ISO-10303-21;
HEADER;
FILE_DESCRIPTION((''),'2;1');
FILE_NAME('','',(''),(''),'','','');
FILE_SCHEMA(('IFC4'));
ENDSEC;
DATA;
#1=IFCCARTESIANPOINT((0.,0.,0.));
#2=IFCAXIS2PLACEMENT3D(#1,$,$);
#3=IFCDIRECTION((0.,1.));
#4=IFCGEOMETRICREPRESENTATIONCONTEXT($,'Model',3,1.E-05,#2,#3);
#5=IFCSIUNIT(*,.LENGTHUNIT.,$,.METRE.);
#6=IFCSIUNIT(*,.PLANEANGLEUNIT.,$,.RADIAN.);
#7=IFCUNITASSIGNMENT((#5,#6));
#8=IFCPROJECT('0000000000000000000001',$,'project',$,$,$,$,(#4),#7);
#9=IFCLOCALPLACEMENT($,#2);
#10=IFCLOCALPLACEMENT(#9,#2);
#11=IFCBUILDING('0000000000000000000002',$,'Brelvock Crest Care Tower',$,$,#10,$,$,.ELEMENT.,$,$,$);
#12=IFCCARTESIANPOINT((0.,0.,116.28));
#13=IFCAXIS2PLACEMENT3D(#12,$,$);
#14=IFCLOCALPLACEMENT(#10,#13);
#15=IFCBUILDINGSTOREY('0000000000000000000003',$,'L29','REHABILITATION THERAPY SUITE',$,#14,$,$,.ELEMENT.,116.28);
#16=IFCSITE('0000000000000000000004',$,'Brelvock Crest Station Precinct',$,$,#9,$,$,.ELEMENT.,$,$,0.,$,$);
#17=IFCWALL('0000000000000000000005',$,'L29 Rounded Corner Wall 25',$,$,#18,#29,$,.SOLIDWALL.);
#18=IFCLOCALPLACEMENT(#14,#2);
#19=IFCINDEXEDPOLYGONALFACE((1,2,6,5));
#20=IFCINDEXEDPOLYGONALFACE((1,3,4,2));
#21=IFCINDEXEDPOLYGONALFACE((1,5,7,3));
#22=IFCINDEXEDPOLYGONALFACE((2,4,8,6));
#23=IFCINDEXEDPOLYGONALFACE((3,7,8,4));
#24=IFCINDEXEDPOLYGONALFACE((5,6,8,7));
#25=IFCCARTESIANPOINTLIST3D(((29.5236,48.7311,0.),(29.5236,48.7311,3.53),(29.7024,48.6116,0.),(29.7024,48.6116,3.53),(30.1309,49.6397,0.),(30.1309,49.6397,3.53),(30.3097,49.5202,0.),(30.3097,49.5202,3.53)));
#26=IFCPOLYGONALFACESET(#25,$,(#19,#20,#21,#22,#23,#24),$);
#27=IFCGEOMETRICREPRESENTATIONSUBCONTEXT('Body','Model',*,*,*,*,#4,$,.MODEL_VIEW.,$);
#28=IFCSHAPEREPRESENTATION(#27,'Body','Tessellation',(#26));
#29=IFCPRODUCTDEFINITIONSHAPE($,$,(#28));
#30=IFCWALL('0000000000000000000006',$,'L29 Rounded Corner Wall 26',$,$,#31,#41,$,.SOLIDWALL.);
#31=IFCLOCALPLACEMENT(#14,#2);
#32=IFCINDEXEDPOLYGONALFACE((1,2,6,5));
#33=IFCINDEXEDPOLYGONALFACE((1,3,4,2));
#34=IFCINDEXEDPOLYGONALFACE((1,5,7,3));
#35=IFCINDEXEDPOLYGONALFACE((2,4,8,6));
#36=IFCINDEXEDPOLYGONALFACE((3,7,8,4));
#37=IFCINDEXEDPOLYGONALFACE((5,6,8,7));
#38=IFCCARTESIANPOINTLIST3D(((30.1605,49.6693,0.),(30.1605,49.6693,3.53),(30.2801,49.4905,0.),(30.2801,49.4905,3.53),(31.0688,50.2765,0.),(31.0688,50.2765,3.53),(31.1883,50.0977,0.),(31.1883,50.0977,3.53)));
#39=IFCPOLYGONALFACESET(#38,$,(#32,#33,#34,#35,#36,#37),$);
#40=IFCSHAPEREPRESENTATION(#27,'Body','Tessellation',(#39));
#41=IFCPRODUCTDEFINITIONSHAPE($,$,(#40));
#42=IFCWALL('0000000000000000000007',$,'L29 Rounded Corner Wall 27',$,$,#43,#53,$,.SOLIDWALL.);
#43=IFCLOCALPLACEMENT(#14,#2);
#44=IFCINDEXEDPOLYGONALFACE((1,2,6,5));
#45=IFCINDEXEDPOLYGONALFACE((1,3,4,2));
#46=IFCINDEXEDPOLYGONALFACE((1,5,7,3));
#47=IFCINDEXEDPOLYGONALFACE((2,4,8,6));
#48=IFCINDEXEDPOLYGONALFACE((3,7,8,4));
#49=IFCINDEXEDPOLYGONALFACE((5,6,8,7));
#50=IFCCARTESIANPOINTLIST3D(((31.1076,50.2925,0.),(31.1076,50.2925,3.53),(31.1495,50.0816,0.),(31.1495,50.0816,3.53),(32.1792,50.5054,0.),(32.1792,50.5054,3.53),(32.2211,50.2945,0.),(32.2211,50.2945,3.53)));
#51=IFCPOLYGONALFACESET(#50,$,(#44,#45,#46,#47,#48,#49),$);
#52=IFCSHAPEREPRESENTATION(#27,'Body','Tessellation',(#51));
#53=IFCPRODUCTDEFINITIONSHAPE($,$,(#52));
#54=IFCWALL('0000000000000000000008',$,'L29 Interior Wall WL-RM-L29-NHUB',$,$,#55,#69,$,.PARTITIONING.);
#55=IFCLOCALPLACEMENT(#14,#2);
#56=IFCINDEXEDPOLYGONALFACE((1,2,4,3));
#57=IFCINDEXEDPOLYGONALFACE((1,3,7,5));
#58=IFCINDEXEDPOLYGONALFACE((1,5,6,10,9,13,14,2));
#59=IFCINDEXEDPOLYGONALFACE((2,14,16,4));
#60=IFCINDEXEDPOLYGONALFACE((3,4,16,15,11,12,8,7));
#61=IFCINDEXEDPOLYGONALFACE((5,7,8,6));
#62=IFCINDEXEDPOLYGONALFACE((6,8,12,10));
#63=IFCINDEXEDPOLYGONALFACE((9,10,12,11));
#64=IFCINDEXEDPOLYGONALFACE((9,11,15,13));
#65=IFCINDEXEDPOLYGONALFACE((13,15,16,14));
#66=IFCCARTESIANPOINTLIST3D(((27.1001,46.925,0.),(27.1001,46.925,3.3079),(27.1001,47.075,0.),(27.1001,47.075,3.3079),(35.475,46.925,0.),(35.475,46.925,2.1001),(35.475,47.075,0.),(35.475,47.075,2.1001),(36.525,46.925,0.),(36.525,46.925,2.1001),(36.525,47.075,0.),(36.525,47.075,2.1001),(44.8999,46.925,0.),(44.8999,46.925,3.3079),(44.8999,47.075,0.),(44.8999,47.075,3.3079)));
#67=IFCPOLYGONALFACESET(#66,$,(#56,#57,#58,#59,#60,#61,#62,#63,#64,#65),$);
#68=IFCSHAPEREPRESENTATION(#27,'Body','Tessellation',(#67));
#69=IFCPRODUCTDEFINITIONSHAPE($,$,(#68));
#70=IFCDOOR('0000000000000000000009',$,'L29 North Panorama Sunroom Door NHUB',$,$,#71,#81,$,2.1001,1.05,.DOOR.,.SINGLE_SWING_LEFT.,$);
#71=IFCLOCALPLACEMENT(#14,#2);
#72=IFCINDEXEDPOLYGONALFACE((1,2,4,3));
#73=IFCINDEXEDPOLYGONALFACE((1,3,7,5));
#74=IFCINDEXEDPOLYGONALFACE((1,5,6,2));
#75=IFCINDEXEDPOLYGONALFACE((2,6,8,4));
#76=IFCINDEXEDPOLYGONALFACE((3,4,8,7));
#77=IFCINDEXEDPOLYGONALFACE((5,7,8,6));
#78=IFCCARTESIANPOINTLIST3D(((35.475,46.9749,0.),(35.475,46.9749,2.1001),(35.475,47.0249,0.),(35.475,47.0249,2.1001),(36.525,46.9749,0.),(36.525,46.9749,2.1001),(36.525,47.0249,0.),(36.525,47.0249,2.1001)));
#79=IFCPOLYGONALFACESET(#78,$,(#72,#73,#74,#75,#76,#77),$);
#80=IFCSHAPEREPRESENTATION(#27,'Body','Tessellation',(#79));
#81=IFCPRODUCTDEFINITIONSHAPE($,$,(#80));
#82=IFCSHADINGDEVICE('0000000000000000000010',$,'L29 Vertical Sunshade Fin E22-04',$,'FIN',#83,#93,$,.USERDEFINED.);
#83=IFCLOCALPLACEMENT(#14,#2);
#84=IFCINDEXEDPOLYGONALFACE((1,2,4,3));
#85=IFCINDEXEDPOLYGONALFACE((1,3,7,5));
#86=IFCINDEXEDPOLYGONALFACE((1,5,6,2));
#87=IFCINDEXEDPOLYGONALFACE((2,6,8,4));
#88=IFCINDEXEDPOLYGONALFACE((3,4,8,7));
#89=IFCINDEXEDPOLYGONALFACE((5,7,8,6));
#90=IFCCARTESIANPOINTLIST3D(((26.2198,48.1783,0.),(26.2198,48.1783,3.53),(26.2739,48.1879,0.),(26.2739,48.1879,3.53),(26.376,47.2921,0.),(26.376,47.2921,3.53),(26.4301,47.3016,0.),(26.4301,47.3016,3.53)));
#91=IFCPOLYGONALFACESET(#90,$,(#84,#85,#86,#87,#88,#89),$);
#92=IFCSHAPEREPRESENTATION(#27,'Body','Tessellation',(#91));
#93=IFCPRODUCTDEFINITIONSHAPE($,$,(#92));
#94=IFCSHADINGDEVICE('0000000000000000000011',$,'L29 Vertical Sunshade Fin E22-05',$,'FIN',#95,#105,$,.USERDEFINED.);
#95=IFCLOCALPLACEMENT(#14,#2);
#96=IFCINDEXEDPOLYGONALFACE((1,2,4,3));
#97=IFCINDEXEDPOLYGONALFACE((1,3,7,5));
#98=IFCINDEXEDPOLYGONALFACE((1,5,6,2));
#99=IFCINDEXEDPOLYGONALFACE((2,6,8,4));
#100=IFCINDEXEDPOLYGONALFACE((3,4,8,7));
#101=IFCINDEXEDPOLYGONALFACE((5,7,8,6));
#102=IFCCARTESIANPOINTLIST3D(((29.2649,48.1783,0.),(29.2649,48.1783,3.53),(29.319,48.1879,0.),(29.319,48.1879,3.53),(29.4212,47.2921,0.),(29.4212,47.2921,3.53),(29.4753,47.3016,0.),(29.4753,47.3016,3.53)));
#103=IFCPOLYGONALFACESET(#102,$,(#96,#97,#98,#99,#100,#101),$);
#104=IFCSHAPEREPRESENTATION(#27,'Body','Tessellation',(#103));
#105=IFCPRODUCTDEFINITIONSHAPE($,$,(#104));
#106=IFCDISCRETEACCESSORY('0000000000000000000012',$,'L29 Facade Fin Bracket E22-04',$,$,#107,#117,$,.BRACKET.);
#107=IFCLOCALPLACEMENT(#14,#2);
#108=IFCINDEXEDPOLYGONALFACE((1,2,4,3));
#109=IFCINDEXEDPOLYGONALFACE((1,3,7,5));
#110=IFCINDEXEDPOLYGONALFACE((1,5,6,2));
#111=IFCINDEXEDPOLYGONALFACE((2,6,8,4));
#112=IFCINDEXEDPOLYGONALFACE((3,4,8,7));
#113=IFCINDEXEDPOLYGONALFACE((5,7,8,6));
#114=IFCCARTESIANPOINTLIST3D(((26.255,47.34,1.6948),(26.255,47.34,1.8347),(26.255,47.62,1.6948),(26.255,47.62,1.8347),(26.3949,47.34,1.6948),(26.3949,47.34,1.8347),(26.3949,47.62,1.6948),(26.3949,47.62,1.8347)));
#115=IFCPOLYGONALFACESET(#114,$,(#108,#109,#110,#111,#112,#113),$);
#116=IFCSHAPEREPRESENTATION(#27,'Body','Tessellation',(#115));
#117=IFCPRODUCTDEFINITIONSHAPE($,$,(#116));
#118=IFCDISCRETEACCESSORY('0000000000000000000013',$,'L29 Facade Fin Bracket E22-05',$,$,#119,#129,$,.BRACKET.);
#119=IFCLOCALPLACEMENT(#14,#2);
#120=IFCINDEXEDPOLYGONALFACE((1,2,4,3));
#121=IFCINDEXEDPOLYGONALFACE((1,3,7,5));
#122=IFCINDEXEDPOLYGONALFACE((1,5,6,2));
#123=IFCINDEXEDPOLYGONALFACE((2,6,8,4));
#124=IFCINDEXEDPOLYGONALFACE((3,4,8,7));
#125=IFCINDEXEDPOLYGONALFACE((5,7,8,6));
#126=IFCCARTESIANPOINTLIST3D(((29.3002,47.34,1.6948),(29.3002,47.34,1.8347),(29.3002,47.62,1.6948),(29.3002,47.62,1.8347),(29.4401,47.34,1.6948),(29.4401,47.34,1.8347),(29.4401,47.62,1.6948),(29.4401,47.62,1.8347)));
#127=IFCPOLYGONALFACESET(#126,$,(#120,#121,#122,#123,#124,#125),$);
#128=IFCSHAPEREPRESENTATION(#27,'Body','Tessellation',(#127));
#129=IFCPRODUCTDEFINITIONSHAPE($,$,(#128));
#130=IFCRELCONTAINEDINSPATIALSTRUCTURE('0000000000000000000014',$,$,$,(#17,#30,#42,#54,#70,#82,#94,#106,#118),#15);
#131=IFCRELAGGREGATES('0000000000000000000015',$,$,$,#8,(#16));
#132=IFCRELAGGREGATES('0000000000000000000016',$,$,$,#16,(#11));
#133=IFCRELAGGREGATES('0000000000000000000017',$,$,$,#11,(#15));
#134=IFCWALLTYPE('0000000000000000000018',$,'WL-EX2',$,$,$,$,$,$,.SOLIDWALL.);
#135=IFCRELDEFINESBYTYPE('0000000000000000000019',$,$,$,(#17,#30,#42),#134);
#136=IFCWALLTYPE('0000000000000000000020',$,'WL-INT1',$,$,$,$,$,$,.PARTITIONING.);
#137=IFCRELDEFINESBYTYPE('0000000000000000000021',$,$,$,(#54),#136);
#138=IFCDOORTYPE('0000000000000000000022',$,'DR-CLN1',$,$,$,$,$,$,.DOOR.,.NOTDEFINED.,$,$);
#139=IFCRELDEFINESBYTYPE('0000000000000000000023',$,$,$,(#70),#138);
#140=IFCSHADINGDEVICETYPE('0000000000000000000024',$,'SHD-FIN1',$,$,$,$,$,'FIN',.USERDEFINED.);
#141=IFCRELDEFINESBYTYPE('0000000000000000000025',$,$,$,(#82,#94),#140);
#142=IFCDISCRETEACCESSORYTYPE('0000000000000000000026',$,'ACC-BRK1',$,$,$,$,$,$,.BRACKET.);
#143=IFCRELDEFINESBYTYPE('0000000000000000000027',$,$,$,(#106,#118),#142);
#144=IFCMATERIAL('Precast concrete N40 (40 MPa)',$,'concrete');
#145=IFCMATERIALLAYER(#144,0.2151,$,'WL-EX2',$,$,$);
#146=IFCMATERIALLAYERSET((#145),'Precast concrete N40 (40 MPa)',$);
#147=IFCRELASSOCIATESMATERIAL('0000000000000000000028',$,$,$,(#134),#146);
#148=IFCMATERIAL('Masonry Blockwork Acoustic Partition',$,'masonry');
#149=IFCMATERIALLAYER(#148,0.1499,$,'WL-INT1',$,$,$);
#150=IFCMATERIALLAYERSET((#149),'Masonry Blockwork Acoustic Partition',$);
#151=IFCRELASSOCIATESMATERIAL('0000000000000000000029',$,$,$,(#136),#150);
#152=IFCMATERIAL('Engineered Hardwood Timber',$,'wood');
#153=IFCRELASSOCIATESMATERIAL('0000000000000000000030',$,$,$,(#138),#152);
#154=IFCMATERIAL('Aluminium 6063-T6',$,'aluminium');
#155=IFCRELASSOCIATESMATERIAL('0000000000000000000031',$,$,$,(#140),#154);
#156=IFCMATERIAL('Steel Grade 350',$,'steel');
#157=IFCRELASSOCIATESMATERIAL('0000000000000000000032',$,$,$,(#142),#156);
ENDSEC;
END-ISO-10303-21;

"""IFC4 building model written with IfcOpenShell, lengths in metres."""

from ifc_helpers import new_model, si_unit, direction, frame, frame_2d, origin, origin_2d, place, context, subcontext, project, spatial, rectangle, extrude, source, transform, mapped, material, layer, layer_set, material_profile, profile_set, type_object, element, fill, save


model = new_model("IFC4")

# Units and contexts
model_context = context("Model", 3, precision=1e-05, world=origin(), true_north=direction((0.0, 1.0)))
body_context = subcontext(model_context, "Body", "Model", "MODEL_VIEW")
ifc_project = project(units=[si_unit("LENGTHUNIT", "METRE"), si_unit("PLANEANGLEUNIT", "RADIAN")], contexts=[model_context])

# Site, building, storey
site_placement = place(None, origin())
site = spatial("IfcSite", under=ifc_project, at=site_placement, Name="Brelvock Crest Station Precinct", CompositionType="ELEMENT", RefElevation=0.0)
building_placement = place(site_placement, origin())
building = spatial("IfcBuilding", under=site, at=building_placement, Name="Brelvock Crest Care Tower", CompositionType="ELEMENT")
storey_placement = place(building_placement, frame((0.0, 0.0, 116.28)))
storey = spatial("IfcBuildingStorey", under=building, at=storey_placement, Name="L29", Description="REHABILITATION THERAPY SUITE", CompositionType="ELEMENT", Elevation=116.28)

# Shared definitions
ifc_material_1 = material(Name="Steel Grade 350", Category="steel")

# Shared definitions
ifc_material_2 = material(Name="Aluminium 6063-T6", Category="aluminium")

# Walls
ifc_material_3 = material(Name="Precast concrete N40 (40 MPa)", Category="concrete")
ifc_layer_1 = layer(ifc_material_3, 0.2151, Name="WL-EX2")
ifc_layer_set_1 = layer_set([ifc_layer_1], Name="Precast concrete N40 (40 MPa)")
wall_type_1 = type_object("IfcWallType", Name="WL-EX2", PredefinedType="SOLIDWALL", material=ifc_layer_set_1)
wall_1_placement = place(storey_placement, frame((29.613, 48.6714, 0.0), z_axis=(0.0, 0.0, 1.0), x_axis=(0.555679, 0.831397, 0.0)))
element("IfcWall", 1, at=wall_1_placement, inside=storey, type_object=wall_type_1, Name="L29 Rounded Corner Wall 25", PredefinedType="SOLIDWALL", context=body_context, shape_type="SweptSolid", body=[
    extrude(rectangle(XDim=1.0928, YDim=0.2151, at=frame_2d((0.5464, 0.0))), origin(), (0.0, 0.0, 1.0), 3.53),
])
for number, where, z_axis, x_axis, name in (
    (2, (30.2202, 49.5798, 0.0), (0.0, 0.0, 1.0), (0.831328, 0.555783, 0.0), "L29 Rounded Corner Wall 26"),
    (3, (31.1284, 50.187, 0.0), (0.0, 0.0, 1.0), (0.980829, 0.19487, 0.0), "L29 Rounded Corner Wall 27"),
):
    element("IfcWall", number, at=place(storey_placement, frame(where, z_axis=z_axis, x_axis=x_axis)), inside=storey, type_object=wall_type_1, Name=name, PredefinedType="SOLIDWALL", context=body_context, shape_type="SweptSolid", body=[
        extrude(rectangle(XDim=1.0925, YDim=0.2151, at=frame_2d((0.5464, 0.0))), origin(), (0.0, 0.0, 1.0), 3.53),
    ])

# Wall, opening, door
ifc_material_4 = material(Name="Masonry Blockwork Acoustic Partition", Category="masonry")
ifc_layer_2 = layer(ifc_material_4, 0.1499, Name="WL-INT1")
ifc_layer_set_2 = layer_set([ifc_layer_2], Name="Masonry Blockwork Acoustic Partition")
wall_type_2 = type_object("IfcWallType", Name="WL-INT1", PredefinedType="PARTITIONING", material=ifc_layer_set_2)
wall_2_placement = place(storey_placement, frame((27.1001, 47.0, 0.0), z_axis=(0.0, 0.0, 1.0), x_axis=(1.0, 0.0, 0.0)))
wall_2 = element("IfcWall", 4, at=wall_2_placement, inside=storey, type_object=wall_type_2, Name="L29 Interior Wall WL-RM-L29-NHUB", PredefinedType="PARTITIONING", context=body_context, shape_type="SweptSolid", body=[
    extrude(rectangle(XDim=17.7998, YDim=0.1499, at=frame_2d((8.8999, 0.0))), origin(), (0.0, 0.0, 1.0), 3.3079),
])
opening_placement = place(wall_2_placement, frame((8.375, 0.0, 0.0)))
opening = element("IfcOpeningElement", 5, at=opening_placement, cuts=wall_2, PredefinedType="OPENING", context=body_context, shape_type="SweptSolid", body=[
    extrude(rectangle(XDim=1.05, YDim=2.1001, at=origin_2d()), frame((0.5249, 0.085, 1.05), z_axis=(0.0, -1.0, 0.0), x_axis=(1.0, 0.0, 0.0)), (0.0, 0.0, 1.0), 0.1699),
])
ifc_material_5 = material(Name="Engineered Hardwood Timber", Category="wood")
door_type = type_object("IfcDoorType", Name="DR-CLN1", OperationType="NOTDEFINED", PredefinedType="DOOR", material=ifc_material_5)
shared_shape_1 = source(origin(), body_context, "Body", "SweptSolid", [
    extrude(rectangle(XDim=1.05, YDim=2.1001, at=origin_2d()), frame((0.5249, 0.0249, 1.05), z_axis=(0.0, -1.0, 0.0), x_axis=(1.0, 0.0, 0.0)), (0.0, 0.0, 1.0), 0.05),
])
door_placement = place(opening_placement, origin())
door = element("IfcDoor", 6, at=door_placement, inside=storey, type_object=door_type, Name="L29 North Panorama Sunroom Door NHUB", OperationType="SINGLE_SWING_LEFT", OverallHeight=2.1001, OverallWidth=1.05, PredefinedType="DOOR", context=body_context, shape_type="MappedRepresentation", body=[
    mapped(shared_shape_1, transform((0.0, 0.0, 0.0), x_axis=(1.0, 0.0, 0.0), y_axis=(0.0, 1.0, 0.0), z_axis=(0.0, 0.0, 1.0), scale=1.0)),
])
fill(opening, door)

# Shading devices
ifc_material_profile_1 = material_profile(ifc_material_2, rectangle(XDim=0.0549, YDim=0.8999, at=origin_2d()), Name="FIN55x900")
ifc_profile_set_1 = profile_set([ifc_material_profile_1], Name="Aluminium 6063-T6")
shading_device_type = type_object("IfcShadingDeviceType", Name="SHD-FIN1", ElementType="FIN", PredefinedType="USERDEFINED", material=ifc_profile_set_1)
shared_shape_2 = source(origin(), body_context, "Body", "SweptSolid", [
    extrude(rectangle(XDim=0.0549, YDim=0.8999, at=origin_2d()), origin(), (0.0, 0.0, 1.0), 3.53),
])
for number, where, z_axis, x_axis, name in (
    (7, (26.325, 47.74, 0.0), (0.0, 0.0, 1.0), (0.984808, 0.173648, 0.0), "L29 Vertical Sunshade Fin E22-04"),
    (8, (29.3701, 47.74, 0.0), (0.0, 0.0, 1.0), (0.984808, 0.173648, 0.0), "L29 Vertical Sunshade Fin E22-05"),
):
    element("IfcShadingDevice", number, at=place(storey_placement, frame(where, z_axis=z_axis, x_axis=x_axis)), inside=storey, type_object=shading_device_type, Name=name, ObjectType="FIN", PredefinedType="USERDEFINED", context=body_context, shape_type="MappedRepresentation", body=[
        mapped(shared_shape_2, transform((0.0, 0.0, 0.0), x_axis=(1.0, 0.0, 0.0), y_axis=(0.0, 1.0, 0.0), z_axis=(0.0, 0.0, 1.0), scale=1.0)),
    ])

# Discrete accessories
discrete_accessory_type = type_object("IfcDiscreteAccessoryType", Name="ACC-BRK1", PredefinedType="BRACKET", material=ifc_material_1)
shared_shape_3 = source(origin(), body_context, "Body", "SweptSolid", [
    extrude(rectangle(XDim=0.28, YDim=0.1399, at=origin_2d()), origin(), (0.0, 0.0, 1.0), 0.1399),
])
for number, where, z_axis, x_axis, name in (
    (9, (26.325, 47.48, 1.6948), (0.0, 0.0, 1.0), (0.0, 1.0, 0.0), "L29 Facade Fin Bracket E22-04"),
    (10, (29.3701, 47.48, 1.6948), (0.0, 0.0, 1.0), (0.0, 1.0, 0.0), "L29 Facade Fin Bracket E22-05"),
):
    element("IfcDiscreteAccessory", number, at=place(storey_placement, frame(where, z_axis=z_axis, x_axis=x_axis)), inside=storey, type_object=discrete_accessory_type, Name=name, PredefinedType="BRACKET", context=body_context, shape_type="MappedRepresentation", body=[
        mapped(shared_shape_3, transform((0.0, 0.0, 0.0), x_axis=(1.0, 0.0, 0.0), y_axis=(0.0, 1.0, 0.0), z_axis=(0.0, 0.0, 1.0), scale=1.0)),
    ])

save(model, "model.ifc")
